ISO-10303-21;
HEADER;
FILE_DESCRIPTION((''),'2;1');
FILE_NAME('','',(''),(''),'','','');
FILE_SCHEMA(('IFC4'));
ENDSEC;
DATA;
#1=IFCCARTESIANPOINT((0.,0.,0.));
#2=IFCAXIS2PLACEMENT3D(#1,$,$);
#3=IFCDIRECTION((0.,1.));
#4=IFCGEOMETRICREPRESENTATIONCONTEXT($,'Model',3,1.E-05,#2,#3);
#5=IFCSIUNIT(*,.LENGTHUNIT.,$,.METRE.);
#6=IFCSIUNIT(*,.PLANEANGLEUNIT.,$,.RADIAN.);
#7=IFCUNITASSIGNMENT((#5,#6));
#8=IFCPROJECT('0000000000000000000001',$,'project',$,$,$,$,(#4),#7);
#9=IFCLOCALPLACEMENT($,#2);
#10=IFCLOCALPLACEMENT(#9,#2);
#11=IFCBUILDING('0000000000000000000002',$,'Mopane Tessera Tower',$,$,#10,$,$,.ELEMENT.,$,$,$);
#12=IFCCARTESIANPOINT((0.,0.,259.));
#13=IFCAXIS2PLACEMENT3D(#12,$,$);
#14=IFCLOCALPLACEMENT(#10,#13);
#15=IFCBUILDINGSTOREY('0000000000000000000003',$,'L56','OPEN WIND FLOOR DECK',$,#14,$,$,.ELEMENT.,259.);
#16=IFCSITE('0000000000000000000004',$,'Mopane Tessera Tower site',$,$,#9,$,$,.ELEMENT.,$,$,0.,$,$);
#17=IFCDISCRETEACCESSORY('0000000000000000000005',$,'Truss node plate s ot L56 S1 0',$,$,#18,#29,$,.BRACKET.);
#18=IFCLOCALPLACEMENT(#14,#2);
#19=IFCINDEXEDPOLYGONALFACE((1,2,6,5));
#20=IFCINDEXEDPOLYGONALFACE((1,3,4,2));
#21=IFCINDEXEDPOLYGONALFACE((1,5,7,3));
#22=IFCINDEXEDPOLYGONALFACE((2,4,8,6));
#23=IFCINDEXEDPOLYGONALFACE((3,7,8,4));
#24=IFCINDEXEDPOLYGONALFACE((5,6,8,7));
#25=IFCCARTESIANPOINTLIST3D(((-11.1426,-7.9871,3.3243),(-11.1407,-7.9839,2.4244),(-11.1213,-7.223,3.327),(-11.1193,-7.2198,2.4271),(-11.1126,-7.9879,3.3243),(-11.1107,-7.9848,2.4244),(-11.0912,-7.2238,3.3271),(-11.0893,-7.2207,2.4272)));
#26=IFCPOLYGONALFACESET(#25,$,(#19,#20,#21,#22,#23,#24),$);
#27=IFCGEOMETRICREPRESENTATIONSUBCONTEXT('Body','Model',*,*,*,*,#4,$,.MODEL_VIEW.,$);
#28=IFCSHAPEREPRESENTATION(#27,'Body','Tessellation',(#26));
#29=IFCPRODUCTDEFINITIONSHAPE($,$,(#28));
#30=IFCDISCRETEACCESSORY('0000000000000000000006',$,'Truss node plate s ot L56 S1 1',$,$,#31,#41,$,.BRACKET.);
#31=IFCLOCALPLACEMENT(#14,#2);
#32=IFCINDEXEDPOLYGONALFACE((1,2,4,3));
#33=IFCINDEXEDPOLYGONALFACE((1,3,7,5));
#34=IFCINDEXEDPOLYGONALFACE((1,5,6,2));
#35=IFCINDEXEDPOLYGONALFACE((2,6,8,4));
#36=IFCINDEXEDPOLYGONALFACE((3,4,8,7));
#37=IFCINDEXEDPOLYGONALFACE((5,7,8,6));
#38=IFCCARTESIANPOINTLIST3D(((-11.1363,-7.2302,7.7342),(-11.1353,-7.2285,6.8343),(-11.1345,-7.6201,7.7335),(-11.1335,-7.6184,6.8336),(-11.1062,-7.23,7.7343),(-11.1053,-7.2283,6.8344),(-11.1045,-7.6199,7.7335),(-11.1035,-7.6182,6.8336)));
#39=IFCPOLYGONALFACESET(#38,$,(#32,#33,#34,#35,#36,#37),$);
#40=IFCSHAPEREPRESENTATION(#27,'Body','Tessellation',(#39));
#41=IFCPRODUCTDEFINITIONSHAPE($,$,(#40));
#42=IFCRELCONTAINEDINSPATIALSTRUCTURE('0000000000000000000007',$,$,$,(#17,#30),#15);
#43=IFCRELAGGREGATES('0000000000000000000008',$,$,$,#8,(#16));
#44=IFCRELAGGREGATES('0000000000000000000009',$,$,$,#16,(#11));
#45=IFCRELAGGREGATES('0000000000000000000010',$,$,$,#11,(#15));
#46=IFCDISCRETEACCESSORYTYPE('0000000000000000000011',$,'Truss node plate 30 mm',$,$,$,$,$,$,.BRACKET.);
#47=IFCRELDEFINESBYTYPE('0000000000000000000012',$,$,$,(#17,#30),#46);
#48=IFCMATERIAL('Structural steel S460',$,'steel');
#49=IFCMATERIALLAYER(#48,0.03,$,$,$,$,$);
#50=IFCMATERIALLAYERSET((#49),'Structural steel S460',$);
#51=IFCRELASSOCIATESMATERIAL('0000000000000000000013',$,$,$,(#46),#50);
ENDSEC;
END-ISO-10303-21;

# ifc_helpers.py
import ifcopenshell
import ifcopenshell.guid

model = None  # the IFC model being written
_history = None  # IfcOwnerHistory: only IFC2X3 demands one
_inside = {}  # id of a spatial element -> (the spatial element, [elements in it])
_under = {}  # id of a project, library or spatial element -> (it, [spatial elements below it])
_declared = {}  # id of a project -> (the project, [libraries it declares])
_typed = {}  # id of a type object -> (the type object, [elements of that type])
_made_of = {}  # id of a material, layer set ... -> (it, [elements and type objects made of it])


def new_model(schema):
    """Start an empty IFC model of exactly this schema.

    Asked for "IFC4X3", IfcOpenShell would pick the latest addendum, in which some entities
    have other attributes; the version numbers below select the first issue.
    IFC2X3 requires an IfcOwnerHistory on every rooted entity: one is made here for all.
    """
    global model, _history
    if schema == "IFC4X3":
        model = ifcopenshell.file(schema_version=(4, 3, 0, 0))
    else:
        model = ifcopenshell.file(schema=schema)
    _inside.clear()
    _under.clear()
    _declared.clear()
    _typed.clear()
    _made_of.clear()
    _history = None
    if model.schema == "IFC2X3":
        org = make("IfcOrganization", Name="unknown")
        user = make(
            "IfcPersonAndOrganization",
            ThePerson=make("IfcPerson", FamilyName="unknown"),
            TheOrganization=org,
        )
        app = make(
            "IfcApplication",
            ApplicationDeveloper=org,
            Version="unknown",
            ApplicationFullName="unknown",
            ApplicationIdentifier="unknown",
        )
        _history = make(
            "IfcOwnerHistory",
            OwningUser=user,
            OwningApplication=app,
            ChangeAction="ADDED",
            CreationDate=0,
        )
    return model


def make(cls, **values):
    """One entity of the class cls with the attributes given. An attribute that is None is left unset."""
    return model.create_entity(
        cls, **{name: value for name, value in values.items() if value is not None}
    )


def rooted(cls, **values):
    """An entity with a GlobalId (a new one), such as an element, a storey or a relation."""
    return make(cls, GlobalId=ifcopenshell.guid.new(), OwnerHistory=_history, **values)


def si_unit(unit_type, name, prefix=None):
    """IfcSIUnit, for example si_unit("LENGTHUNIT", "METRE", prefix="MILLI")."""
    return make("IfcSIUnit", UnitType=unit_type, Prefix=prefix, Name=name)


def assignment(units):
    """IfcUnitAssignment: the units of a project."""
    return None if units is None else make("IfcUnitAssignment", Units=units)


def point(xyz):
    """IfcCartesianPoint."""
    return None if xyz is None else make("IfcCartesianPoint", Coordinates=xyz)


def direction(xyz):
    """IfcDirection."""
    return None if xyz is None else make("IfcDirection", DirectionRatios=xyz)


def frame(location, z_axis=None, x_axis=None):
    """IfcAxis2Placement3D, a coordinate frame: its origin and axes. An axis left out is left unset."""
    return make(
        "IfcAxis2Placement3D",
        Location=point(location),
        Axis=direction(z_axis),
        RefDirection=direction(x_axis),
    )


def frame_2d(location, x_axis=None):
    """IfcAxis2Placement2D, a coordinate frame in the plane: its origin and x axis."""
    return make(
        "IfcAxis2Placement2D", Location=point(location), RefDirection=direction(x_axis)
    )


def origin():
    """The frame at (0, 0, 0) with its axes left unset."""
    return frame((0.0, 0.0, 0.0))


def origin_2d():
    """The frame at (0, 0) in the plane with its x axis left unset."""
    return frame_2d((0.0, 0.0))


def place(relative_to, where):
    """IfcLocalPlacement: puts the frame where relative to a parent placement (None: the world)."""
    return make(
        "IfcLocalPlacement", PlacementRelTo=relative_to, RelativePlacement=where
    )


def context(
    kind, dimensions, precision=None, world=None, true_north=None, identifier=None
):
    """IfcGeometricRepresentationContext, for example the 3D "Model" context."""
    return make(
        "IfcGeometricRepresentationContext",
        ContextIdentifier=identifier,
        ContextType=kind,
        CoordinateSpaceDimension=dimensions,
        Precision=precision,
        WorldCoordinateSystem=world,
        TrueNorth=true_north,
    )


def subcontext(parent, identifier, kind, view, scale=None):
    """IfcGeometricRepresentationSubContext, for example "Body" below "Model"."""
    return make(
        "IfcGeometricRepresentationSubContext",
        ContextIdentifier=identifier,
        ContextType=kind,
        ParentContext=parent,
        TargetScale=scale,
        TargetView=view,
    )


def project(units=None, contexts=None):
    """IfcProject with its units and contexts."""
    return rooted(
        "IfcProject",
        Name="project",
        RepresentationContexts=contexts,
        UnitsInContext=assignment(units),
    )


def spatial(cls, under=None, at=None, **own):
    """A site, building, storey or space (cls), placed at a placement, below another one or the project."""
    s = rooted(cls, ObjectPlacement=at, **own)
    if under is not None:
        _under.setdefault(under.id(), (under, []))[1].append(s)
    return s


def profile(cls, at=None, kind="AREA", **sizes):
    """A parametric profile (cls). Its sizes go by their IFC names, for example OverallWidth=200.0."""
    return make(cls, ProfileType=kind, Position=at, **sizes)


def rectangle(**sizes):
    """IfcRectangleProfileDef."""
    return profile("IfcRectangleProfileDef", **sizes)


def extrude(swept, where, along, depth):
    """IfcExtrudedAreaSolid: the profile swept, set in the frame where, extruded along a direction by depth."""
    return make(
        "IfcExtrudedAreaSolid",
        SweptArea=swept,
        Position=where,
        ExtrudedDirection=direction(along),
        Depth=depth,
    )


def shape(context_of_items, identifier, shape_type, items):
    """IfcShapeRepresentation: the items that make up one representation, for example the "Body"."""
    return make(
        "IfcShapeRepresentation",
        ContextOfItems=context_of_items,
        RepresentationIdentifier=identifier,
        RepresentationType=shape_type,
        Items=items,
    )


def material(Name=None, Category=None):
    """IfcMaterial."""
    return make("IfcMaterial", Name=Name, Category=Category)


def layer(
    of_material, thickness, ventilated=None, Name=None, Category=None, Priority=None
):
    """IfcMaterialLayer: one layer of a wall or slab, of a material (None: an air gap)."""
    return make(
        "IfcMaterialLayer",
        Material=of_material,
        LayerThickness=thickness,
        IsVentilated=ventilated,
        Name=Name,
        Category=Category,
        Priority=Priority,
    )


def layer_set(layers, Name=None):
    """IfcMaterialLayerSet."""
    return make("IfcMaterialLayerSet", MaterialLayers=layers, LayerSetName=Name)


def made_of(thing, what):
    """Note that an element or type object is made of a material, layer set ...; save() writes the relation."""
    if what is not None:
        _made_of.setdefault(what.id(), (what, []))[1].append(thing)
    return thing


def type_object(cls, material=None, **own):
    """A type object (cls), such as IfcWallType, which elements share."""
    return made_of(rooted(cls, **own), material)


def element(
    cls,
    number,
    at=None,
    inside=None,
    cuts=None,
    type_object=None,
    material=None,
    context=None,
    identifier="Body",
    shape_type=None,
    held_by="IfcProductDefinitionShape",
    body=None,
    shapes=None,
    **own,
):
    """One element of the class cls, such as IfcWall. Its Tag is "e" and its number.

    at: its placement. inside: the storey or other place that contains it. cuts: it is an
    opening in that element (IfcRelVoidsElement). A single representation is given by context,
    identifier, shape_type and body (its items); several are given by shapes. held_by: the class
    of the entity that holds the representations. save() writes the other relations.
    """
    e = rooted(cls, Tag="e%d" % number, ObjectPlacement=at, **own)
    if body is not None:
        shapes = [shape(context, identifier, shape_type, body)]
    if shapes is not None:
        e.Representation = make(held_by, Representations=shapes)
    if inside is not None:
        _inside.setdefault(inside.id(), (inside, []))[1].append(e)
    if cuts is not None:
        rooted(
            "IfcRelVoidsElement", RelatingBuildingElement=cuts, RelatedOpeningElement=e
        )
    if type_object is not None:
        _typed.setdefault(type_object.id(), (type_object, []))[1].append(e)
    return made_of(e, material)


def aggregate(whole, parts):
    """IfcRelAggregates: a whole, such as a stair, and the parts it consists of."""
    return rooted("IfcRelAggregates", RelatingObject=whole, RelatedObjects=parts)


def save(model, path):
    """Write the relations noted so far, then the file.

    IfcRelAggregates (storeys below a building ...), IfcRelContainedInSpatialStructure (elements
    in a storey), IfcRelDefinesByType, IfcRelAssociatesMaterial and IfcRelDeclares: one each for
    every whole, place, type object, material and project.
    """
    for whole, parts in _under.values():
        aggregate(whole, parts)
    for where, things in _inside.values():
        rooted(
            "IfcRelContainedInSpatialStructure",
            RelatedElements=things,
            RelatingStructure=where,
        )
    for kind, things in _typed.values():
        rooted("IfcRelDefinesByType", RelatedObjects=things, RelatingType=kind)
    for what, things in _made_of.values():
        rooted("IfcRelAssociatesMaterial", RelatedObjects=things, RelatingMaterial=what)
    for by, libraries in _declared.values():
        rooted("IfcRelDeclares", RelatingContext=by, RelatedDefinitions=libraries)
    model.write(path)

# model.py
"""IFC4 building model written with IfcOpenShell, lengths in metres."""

from ifc_helpers import new_model, si_unit, direction, frame, origin, origin_2d, place, context, subcontext, project, spatial, rectangle, extrude, material, layer, layer_set, type_object, element, save


model = new_model("IFC4")

# Units and contexts
model_context = context("Model", 3, precision=1e-05, world=origin(), true_north=direction((0.0, 1.0)))
body_context = subcontext(model_context, "Body", "Model", "MODEL_VIEW")
ifc_project = project(units=[si_unit("LENGTHUNIT", "METRE"), si_unit("PLANEANGLEUNIT", "RADIAN")], contexts=[model_context])

# Site, building, storey
site_placement = place(None, origin())
site = spatial("IfcSite", under=ifc_project, at=site_placement, Name="Mopane Tessera Tower site", CompositionType="ELEMENT", RefElevation=0.0)
building_placement = place(site_placement, origin())
building = spatial("IfcBuilding", under=site, at=building_placement, Name="Mopane Tessera Tower", CompositionType="ELEMENT")
storey_placement = place(building_placement, frame((0.0, 0.0, 259.0)))
storey = spatial("IfcBuildingStorey", under=building, at=storey_placement, Name="L56", Description="OPEN WIND FLOOR DECK", CompositionType="ELEMENT", Elevation=259.0)

# Discrete accessories
ifc_material_1 = material(Name="Structural steel S460", Category="steel")
ifc_layer_1 = layer(ifc_material_1, 0.03)
ifc_layer_set_1 = layer_set([ifc_layer_1], Name="Structural steel S460")
discrete_accessory_type_1 = type_object("IfcDiscreteAccessoryType", Name="Truss node plate 30 mm", PredefinedType="BRACKET", material=ifc_layer_set_1)
discrete_accessory_1_placement = place(storey_placement, frame((-11.115, -7.6023, 2.4258), z_axis=(-0.00217, -0.003527, 0.999991), x_axis=(0.999606, -0.027989, 0.002071)))
element("IfcDiscreteAccessory", 1, at=discrete_accessory_1_placement, inside=storey, type_object=discrete_accessory_type_1, Name="Truss node plate s ot L56 S1 0", PredefinedType="BRACKET", context=body_context, shape_type="SweptSolid", body=[
    extrude(rectangle(XDim=0.03, YDim=0.7644, at=origin_2d()), origin(), (0.0, 0.0, 1.0), 0.8999),
])
discrete_accessory_2_placement = place(storey_placement, frame((-11.1194, -7.4233, 6.834), z_axis=(-0.001085, -0.001899, 0.999998), x_axis=(0.999989, 0.004521, 0.001094)))
element("IfcDiscreteAccessory", 2, at=discrete_accessory_2_placement, inside=storey, type_object=discrete_accessory_type_1, Name="Truss node plate s ot L56 S1 1", PredefinedType="BRACKET", context=body_context, shape_type="SweptSolid", body=[
    extrude(rectangle(XDim=0.03, YDim=0.3899, at=origin_2d()), origin(), (0.0, 0.0, 1.0), 0.8999),
])

save(model, "model.ifc")
